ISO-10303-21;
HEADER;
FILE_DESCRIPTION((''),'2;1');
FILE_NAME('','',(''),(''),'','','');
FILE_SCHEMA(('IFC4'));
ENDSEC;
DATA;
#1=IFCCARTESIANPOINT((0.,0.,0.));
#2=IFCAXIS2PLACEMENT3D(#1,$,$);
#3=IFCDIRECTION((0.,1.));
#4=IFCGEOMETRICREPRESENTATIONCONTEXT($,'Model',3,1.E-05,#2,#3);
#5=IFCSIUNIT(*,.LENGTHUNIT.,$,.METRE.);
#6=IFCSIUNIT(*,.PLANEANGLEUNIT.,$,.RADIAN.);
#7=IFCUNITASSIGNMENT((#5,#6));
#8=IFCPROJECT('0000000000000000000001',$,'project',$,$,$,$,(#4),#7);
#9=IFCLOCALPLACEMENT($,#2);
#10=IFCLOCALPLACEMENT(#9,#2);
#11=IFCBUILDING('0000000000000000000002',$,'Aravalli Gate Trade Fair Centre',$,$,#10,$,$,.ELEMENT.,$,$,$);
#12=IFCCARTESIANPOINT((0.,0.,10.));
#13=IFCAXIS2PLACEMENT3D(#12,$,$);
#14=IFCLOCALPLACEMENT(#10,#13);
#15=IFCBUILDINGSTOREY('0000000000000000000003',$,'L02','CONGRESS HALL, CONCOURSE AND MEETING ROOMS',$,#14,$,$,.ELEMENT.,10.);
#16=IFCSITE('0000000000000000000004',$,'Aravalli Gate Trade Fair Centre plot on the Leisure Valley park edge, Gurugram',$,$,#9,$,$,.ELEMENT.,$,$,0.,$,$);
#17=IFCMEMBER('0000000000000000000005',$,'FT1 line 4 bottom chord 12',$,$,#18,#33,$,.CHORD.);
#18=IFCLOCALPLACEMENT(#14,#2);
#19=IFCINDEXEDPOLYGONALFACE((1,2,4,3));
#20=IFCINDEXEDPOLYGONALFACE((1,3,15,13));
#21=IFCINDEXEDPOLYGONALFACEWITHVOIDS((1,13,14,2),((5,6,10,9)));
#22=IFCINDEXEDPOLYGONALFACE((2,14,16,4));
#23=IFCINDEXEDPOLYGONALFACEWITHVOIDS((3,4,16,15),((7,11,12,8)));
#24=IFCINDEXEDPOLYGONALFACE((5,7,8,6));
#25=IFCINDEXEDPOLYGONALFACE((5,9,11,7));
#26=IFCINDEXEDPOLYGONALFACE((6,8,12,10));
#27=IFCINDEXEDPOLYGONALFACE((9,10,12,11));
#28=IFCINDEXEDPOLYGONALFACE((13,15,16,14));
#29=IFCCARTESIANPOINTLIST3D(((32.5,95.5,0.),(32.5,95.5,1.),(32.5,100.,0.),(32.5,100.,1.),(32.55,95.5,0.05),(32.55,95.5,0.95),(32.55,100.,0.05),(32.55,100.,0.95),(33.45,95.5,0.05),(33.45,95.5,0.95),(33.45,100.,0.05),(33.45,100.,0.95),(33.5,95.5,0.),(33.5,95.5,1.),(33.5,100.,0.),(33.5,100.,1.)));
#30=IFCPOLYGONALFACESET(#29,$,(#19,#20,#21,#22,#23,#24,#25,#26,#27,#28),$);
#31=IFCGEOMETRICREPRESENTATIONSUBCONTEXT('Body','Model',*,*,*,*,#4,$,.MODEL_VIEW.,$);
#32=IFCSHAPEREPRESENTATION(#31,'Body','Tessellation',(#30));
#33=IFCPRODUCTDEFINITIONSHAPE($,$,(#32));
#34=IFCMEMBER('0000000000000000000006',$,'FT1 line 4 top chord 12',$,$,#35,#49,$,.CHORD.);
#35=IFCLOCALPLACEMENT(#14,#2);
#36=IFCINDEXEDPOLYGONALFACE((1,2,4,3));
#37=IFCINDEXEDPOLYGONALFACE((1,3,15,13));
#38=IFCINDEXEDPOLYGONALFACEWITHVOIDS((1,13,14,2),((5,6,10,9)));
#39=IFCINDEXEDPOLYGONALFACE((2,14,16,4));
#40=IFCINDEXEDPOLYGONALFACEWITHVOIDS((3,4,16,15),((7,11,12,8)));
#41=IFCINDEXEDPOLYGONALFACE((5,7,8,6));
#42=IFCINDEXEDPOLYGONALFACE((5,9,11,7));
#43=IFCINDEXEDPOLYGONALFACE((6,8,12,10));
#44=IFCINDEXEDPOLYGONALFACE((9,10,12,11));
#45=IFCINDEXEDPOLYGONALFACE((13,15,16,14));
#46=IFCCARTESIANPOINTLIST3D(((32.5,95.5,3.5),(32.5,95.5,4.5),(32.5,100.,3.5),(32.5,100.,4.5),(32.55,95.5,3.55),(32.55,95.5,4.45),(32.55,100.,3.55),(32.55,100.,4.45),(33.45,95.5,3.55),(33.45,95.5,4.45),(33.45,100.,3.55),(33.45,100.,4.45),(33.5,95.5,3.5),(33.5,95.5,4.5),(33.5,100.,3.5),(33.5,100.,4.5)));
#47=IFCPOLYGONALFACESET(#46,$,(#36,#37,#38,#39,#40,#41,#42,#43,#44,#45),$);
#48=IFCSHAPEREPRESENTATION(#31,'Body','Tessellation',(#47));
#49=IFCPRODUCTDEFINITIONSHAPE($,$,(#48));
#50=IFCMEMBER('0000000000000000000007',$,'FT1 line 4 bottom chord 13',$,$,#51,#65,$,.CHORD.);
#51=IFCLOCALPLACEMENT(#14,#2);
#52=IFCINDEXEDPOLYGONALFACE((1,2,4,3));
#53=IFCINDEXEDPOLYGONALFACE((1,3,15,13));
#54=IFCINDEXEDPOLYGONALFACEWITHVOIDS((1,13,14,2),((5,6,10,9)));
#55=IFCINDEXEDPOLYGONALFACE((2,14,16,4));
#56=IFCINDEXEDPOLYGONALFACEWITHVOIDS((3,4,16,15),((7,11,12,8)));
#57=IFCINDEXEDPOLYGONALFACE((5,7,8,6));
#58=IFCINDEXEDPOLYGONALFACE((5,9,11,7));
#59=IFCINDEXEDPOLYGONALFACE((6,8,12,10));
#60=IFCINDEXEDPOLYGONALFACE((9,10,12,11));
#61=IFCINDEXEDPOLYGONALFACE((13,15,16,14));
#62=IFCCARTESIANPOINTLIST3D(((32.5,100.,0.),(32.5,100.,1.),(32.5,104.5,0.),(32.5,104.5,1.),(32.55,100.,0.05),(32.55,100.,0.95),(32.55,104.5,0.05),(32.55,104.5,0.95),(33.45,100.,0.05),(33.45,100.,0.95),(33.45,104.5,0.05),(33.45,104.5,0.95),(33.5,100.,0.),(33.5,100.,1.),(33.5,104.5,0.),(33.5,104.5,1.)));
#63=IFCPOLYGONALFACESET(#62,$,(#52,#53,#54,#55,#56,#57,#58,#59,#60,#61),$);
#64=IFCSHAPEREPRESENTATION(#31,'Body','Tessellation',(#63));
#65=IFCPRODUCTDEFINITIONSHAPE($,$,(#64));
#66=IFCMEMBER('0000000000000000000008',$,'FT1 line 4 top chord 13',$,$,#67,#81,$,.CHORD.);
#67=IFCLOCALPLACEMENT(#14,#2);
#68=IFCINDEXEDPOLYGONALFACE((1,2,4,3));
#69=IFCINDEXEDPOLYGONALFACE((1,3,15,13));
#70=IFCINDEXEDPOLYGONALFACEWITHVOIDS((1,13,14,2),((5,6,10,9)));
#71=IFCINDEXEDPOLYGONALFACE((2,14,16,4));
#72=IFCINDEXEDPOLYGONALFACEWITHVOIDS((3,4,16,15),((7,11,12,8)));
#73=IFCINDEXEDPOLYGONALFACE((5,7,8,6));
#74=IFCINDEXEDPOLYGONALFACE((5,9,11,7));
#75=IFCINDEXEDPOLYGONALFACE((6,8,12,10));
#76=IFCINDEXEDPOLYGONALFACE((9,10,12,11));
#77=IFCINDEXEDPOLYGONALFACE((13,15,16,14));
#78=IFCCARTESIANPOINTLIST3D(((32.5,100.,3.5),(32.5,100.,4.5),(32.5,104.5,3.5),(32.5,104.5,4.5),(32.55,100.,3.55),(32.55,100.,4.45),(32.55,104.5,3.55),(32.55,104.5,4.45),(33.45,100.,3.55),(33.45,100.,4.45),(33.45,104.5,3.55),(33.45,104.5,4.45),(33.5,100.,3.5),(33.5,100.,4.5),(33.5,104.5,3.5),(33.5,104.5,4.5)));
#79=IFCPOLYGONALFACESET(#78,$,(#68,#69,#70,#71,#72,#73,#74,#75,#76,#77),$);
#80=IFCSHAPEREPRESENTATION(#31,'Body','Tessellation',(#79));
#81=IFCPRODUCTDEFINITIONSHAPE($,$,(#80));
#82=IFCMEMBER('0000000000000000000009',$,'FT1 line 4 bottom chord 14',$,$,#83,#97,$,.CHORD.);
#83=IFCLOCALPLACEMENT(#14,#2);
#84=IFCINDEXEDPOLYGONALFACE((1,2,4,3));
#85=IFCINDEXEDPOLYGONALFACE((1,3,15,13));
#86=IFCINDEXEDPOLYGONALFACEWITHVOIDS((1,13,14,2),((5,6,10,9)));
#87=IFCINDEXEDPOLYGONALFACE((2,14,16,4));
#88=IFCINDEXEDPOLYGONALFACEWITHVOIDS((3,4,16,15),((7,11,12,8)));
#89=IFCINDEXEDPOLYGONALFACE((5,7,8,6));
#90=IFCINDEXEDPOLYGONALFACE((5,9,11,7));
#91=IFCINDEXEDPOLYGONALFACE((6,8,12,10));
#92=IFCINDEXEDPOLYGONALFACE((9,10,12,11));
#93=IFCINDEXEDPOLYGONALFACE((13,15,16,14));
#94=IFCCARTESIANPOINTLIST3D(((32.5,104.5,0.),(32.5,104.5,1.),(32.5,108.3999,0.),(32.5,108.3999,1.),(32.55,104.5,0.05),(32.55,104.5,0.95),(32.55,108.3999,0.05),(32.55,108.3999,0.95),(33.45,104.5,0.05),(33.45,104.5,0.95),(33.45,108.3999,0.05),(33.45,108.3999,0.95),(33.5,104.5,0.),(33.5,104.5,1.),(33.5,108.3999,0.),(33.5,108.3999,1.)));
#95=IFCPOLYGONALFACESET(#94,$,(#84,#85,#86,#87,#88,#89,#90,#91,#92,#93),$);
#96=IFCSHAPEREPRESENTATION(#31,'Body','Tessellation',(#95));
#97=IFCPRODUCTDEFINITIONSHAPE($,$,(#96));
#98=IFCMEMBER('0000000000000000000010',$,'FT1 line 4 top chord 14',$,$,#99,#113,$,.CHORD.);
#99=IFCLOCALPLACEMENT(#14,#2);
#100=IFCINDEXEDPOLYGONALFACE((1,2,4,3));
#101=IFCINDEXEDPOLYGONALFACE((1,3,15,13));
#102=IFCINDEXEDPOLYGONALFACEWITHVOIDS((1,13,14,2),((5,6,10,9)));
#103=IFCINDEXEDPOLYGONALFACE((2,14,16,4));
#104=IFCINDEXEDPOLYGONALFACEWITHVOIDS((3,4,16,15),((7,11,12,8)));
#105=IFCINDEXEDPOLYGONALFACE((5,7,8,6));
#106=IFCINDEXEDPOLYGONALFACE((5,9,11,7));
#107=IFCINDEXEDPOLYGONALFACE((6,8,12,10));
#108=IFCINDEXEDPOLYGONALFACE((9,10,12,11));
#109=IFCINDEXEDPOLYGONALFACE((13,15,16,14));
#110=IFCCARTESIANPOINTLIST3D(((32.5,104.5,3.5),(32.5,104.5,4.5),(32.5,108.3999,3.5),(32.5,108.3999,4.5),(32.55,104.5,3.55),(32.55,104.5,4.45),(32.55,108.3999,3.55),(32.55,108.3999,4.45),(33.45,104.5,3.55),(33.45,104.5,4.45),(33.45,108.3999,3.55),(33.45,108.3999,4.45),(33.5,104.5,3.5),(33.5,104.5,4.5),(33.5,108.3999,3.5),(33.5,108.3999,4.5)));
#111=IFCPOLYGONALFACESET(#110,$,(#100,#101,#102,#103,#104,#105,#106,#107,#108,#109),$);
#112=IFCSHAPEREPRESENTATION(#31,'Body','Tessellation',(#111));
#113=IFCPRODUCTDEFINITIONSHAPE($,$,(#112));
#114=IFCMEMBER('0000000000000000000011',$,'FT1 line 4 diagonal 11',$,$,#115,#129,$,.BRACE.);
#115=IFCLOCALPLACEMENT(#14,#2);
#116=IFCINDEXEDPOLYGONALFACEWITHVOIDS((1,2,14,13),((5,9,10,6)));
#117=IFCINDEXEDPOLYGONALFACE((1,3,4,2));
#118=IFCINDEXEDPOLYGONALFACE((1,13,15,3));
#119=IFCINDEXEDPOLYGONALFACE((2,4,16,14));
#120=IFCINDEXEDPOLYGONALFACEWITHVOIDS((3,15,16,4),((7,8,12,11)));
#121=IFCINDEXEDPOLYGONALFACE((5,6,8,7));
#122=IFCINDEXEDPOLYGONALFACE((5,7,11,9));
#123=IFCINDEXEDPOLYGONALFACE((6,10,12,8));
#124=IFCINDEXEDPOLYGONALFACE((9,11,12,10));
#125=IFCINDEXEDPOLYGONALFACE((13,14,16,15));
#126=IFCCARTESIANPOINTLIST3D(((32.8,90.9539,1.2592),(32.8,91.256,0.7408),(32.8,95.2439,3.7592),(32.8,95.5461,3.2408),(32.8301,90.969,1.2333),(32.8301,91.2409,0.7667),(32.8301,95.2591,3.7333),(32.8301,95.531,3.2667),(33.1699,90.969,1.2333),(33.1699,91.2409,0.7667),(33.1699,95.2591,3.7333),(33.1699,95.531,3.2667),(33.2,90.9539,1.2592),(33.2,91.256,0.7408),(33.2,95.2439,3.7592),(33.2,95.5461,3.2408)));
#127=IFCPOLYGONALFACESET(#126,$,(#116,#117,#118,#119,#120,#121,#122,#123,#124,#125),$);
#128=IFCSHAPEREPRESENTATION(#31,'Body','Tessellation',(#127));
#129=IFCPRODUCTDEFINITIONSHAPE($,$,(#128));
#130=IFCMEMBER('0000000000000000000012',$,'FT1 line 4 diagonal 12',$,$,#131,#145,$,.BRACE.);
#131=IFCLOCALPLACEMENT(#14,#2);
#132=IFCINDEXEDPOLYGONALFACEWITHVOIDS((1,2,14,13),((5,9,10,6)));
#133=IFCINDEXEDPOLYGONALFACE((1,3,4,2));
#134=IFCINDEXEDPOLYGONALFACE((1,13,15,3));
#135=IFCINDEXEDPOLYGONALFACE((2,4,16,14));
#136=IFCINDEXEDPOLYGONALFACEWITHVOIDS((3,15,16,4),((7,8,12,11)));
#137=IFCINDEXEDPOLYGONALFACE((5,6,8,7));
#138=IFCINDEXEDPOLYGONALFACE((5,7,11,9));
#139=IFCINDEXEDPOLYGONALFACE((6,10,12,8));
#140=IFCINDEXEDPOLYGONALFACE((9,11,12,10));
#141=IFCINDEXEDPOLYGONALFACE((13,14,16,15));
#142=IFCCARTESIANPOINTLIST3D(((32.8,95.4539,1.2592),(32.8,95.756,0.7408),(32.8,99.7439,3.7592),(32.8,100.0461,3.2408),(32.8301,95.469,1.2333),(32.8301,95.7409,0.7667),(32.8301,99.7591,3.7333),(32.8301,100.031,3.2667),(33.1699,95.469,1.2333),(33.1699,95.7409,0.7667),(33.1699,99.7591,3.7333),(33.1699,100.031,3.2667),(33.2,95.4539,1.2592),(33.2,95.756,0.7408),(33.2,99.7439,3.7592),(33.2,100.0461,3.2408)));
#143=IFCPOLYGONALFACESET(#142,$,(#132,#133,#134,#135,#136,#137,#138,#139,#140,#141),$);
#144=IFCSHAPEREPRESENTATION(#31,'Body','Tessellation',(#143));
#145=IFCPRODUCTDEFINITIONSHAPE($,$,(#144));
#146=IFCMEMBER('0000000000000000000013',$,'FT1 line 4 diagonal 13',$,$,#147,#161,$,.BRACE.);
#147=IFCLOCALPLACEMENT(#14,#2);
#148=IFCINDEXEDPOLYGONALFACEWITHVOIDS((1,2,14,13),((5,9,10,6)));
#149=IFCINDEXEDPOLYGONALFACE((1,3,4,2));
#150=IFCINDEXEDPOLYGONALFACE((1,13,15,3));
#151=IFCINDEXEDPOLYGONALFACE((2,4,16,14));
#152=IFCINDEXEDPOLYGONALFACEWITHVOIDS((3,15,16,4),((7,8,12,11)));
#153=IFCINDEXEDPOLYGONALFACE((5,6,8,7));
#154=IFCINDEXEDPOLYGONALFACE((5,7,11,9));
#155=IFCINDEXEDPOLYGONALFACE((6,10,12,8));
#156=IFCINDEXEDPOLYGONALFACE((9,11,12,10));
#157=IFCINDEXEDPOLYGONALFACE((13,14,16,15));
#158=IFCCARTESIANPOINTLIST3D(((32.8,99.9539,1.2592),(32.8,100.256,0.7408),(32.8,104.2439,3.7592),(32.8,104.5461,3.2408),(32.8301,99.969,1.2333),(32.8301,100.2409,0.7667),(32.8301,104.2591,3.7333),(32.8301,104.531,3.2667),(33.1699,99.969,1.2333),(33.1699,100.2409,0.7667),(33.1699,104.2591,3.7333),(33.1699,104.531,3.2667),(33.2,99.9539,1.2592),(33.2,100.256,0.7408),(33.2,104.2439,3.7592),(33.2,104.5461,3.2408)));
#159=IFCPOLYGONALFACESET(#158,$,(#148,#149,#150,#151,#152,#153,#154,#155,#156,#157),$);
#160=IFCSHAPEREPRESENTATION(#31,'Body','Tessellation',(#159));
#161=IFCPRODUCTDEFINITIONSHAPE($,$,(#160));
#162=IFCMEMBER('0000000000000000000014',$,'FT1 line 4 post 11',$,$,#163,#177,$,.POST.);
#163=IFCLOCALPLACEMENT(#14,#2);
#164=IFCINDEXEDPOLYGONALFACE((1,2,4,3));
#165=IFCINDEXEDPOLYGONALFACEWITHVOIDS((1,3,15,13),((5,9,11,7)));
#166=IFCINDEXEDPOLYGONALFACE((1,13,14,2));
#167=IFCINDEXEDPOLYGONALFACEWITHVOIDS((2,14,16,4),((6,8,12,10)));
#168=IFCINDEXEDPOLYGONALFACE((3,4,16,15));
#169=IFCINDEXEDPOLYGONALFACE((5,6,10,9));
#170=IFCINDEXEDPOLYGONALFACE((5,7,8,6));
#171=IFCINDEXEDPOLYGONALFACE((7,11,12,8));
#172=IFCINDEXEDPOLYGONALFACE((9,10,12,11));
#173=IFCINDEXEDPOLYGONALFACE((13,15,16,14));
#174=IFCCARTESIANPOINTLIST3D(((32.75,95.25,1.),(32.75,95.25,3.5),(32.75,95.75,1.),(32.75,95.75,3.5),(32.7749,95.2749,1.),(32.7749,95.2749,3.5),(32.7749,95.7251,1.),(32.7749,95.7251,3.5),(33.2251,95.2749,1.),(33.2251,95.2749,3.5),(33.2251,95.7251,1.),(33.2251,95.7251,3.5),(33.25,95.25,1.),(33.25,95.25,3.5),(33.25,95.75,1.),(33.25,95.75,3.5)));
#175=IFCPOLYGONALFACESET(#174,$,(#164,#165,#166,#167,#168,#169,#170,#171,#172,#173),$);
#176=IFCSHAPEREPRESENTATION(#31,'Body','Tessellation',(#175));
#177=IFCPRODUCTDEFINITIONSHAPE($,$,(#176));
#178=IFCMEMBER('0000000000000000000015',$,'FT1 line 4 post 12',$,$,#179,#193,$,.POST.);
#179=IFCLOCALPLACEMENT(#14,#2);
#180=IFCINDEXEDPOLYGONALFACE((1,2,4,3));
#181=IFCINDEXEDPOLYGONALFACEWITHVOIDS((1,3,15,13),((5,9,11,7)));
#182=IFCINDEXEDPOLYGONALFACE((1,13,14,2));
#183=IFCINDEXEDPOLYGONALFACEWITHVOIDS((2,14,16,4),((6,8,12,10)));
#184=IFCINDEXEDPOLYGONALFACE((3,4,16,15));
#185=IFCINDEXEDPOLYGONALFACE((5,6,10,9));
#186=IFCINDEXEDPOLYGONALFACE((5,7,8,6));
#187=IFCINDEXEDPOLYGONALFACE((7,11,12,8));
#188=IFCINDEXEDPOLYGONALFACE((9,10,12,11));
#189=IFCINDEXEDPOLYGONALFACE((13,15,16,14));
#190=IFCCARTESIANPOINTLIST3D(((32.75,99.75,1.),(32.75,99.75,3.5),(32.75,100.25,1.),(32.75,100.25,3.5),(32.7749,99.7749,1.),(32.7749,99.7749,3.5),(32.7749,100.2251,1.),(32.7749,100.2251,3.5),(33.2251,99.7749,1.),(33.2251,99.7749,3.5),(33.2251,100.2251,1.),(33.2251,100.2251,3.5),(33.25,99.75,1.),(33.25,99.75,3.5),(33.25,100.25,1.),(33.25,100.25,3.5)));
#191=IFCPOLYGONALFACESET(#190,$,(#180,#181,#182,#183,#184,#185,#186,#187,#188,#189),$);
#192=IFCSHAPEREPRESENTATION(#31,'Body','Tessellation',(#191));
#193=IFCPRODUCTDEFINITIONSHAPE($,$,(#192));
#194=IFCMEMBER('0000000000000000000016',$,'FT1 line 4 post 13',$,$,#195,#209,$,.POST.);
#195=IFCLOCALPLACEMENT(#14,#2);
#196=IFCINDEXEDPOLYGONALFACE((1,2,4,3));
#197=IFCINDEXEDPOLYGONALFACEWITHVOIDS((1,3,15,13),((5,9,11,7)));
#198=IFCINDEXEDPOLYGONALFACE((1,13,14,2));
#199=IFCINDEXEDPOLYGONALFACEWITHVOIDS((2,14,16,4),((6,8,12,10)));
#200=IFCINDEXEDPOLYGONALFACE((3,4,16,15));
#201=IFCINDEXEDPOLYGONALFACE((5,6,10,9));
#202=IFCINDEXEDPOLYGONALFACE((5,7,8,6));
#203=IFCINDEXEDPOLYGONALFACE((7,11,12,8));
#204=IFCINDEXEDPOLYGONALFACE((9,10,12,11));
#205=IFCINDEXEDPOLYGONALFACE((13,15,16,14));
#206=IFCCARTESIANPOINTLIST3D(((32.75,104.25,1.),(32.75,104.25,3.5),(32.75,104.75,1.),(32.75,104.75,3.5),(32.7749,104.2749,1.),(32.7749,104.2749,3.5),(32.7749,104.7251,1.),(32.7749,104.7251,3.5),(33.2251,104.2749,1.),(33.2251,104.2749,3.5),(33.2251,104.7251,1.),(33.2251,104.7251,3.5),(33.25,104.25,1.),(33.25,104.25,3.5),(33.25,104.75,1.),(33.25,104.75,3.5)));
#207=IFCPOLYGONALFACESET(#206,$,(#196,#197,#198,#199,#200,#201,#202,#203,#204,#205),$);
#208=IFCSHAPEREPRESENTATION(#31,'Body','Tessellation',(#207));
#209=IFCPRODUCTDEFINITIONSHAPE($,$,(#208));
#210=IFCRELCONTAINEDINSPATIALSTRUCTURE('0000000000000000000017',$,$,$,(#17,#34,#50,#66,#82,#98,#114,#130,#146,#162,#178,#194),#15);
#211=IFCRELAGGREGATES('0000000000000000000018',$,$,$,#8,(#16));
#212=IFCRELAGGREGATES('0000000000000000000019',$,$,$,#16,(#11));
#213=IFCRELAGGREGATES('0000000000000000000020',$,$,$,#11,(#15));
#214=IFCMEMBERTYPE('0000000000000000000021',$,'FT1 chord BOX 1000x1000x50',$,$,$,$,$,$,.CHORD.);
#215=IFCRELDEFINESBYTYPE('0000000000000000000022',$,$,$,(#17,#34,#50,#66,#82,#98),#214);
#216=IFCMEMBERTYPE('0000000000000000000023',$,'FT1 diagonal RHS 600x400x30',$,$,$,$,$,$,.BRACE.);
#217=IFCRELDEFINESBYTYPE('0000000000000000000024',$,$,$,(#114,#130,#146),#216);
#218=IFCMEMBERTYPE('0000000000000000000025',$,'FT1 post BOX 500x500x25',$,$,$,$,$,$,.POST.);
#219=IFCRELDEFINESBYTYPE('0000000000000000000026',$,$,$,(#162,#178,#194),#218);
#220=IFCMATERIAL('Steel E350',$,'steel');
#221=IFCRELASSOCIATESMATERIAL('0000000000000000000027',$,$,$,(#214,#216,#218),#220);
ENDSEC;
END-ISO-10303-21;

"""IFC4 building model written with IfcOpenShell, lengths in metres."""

from ifc_helpers import new_model, si_unit, direction, frame, origin, origin_2d, place, context, subcontext, project, spatial, hollow_rectangle, extrude, material, material_profile, profile_set, type_object, element, save


model = new_model("IFC4")

# Units and contexts
model_context = context("Model", 3, precision=1e-05, world=origin(), true_north=direction((0.0, 1.0)))
body_context = subcontext(model_context, "Body", "Model", "MODEL_VIEW")
ifc_project = project(units=[si_unit("LENGTHUNIT", "METRE"), si_unit("PLANEANGLEUNIT", "RADIAN")], contexts=[model_context])

# Site, building, storey
site_placement = place(None, origin())
site = spatial("IfcSite", under=ifc_project, at=site_placement, Name="Aravalli Gate Trade Fair Centre plot on the Leisure Valley park edge, Gurugram", CompositionType="ELEMENT", RefElevation=0.0)
building_placement = place(site_placement, origin())
building = spatial("IfcBuilding", under=site, at=building_placement, Name="Aravalli Gate Trade Fair Centre", CompositionType="ELEMENT")
storey_placement = place(building_placement, frame((0.0, 0.0, 10.0)))
storey = spatial("IfcBuildingStorey", under=building, at=storey_placement, Name="L02", Description="CONGRESS HALL, CONCOURSE AND MEETING ROOMS", CompositionType="ELEMENT", Elevation=10.0)

# Members
ifc_material_1 = material(Name="Steel E350", Category="steel")
ifc_material_profile_1 = material_profile(ifc_material_1, hollow_rectangle(XDim=1.0, YDim=1.0, WallThickness=0.05, at=origin_2d()), Name="BOX 1000x1000x50")
ifc_profile_set_1 = profile_set([ifc_material_profile_1], Name="Steel E350")
member_type_1 = type_object("IfcMemberType", Name="FT1 chord BOX 1000x1000x50", PredefinedType="CHORD", material=ifc_profile_set_1)
for number, where, z_axis, x_axis, name in (
    (1, (33.0, 95.5, 0.5), (0.0, 1.0, 0.0), (-1.0, 0.0, 0.0), "FT1 line 4 bottom chord 12"),
    (2, (33.0, 95.5, 4.0), (0.0, 1.0, 0.0), (-1.0, 0.0, 0.0), "FT1 line 4 top chord 12"),
    (3, (33.0, 100.0, 0.5), (0.0, 1.0, 0.0), (-1.0, 0.0, 0.0), "FT1 line 4 bottom chord 13"),
    (4, (33.0, 100.0, 4.0), (0.0, 1.0, 0.0), (-1.0, 0.0, 0.0), "FT1 line 4 top chord 13"),
):
    element("IfcMember", number, at=place(storey_placement, frame(where, z_axis=z_axis, x_axis=x_axis)), inside=storey, type_object=member_type_1, Name=name, PredefinedType="CHORD", context=body_context, shape_type="SweptSolid", body=[
        extrude(hollow_rectangle(XDim=1.0, YDim=1.0, WallThickness=0.05, at=origin_2d()), origin(), (0.0, 0.0, 1.0), 4.5),
    ])
for number, where, z_axis, x_axis, name in (
    (5, (33.0, 104.5, 0.5), (0.0, 1.0, 0.0), (-1.0, 0.0, 0.0), "FT1 line 4 bottom chord 14"),
    (6, (33.0, 104.5, 4.0), (0.0, 1.0, 0.0), (-1.0, 0.0, 0.0), "FT1 line 4 top chord 14"),
):
    element("IfcMember", number, at=place(storey_placement, frame(where, z_axis=z_axis, x_axis=x_axis)), inside=storey, type_object=member_type_1, Name=name, PredefinedType="CHORD", context=body_context, shape_type="SweptSolid", body=[
        extrude(hollow_rectangle(XDim=1.0, YDim=1.0, WallThickness=0.05, at=origin_2d()), origin(), (0.0, 0.0, 1.0), 3.8999),
    ])
ifc_material_profile_2 = material_profile(ifc_material_1, hollow_rectangle(XDim=0.3999, YDim=0.6001, WallThickness=0.03, at=origin_2d()), Name="RHS 600x400x30")
ifc_profile_set_2 = profile_set([ifc_material_profile_2], Name="Steel E350")
member_type_2 = type_object("IfcMemberType", Name="FT1 diagonal RHS 600x400x30", PredefinedType="BRACE", material=ifc_profile_set_2)
for number, where, z_axis, x_axis, name in (
    (7, (33.0, 95.395, 3.5), (0.0, -0.864, -0.503492), (1.0, 0.0, 0.0), "FT1 line 4 diagonal 11"),
    (8, (33.0, 99.895, 3.5), (0.0, -0.864, -0.503492), (1.0, 0.0, 0.0), "FT1 line 4 diagonal 12"),
    (9, (33.0, 104.395, 3.5), (0.0, -0.864, -0.503492), (1.0, 0.0, 0.0), "FT1 line 4 diagonal 13"),
):
    element("IfcMember", number, at=place(storey_placement, frame(where, z_axis=z_axis, x_axis=x_axis)), inside=storey, type_object=member_type_2, Name=name, PredefinedType="BRACE", context=body_context, shape_type="SweptSolid", body=[
        extrude(hollow_rectangle(XDim=0.3999, YDim=0.6001, WallThickness=0.03, at=origin_2d()), origin(), (0.0, 0.0, 1.0), 4.9653),
    ])
ifc_material_profile_3 = material_profile(ifc_material_1, hollow_rectangle(XDim=0.5, YDim=0.5, WallThickness=0.0249, at=origin_2d()), Name="BOX 500x500x25")
ifc_profile_set_3 = profile_set([ifc_material_profile_3], Name="Steel E350")
member_type_3 = type_object("IfcMemberType", Name="FT1 post BOX 500x500x25", PredefinedType="POST", material=ifc_profile_set_3)
for number, where, z_axis, x_axis, name in (
    (10, (33.0, 95.5, 1.0), (0.0, 0.0, 1.0), (1.0, 0.0, 0.0), "FT1 line 4 post 11"),
    (11, (33.0, 100.0, 1.0), (0.0, 0.0, 1.0), (1.0, 0.0, 0.0), "FT1 line 4 post 12"),
    (12, (33.0, 104.5, 1.0), (0.0, 0.0, 1.0), (1.0, 0.0, 0.0), "FT1 line 4 post 13"),
):
    element("IfcMember", number, at=place(storey_placement, frame(where, z_axis=z_axis, x_axis=x_axis)), inside=storey, type_object=member_type_3, Name=name, PredefinedType="POST", context=body_context, shape_type="SweptSolid", body=[
        extrude(hollow_rectangle(XDim=0.5, YDim=0.5, WallThickness=0.0249, at=origin_2d()), origin(), (0.0, 0.0, 1.0), 2.5),
    ])

save(model, "model.ifc")
